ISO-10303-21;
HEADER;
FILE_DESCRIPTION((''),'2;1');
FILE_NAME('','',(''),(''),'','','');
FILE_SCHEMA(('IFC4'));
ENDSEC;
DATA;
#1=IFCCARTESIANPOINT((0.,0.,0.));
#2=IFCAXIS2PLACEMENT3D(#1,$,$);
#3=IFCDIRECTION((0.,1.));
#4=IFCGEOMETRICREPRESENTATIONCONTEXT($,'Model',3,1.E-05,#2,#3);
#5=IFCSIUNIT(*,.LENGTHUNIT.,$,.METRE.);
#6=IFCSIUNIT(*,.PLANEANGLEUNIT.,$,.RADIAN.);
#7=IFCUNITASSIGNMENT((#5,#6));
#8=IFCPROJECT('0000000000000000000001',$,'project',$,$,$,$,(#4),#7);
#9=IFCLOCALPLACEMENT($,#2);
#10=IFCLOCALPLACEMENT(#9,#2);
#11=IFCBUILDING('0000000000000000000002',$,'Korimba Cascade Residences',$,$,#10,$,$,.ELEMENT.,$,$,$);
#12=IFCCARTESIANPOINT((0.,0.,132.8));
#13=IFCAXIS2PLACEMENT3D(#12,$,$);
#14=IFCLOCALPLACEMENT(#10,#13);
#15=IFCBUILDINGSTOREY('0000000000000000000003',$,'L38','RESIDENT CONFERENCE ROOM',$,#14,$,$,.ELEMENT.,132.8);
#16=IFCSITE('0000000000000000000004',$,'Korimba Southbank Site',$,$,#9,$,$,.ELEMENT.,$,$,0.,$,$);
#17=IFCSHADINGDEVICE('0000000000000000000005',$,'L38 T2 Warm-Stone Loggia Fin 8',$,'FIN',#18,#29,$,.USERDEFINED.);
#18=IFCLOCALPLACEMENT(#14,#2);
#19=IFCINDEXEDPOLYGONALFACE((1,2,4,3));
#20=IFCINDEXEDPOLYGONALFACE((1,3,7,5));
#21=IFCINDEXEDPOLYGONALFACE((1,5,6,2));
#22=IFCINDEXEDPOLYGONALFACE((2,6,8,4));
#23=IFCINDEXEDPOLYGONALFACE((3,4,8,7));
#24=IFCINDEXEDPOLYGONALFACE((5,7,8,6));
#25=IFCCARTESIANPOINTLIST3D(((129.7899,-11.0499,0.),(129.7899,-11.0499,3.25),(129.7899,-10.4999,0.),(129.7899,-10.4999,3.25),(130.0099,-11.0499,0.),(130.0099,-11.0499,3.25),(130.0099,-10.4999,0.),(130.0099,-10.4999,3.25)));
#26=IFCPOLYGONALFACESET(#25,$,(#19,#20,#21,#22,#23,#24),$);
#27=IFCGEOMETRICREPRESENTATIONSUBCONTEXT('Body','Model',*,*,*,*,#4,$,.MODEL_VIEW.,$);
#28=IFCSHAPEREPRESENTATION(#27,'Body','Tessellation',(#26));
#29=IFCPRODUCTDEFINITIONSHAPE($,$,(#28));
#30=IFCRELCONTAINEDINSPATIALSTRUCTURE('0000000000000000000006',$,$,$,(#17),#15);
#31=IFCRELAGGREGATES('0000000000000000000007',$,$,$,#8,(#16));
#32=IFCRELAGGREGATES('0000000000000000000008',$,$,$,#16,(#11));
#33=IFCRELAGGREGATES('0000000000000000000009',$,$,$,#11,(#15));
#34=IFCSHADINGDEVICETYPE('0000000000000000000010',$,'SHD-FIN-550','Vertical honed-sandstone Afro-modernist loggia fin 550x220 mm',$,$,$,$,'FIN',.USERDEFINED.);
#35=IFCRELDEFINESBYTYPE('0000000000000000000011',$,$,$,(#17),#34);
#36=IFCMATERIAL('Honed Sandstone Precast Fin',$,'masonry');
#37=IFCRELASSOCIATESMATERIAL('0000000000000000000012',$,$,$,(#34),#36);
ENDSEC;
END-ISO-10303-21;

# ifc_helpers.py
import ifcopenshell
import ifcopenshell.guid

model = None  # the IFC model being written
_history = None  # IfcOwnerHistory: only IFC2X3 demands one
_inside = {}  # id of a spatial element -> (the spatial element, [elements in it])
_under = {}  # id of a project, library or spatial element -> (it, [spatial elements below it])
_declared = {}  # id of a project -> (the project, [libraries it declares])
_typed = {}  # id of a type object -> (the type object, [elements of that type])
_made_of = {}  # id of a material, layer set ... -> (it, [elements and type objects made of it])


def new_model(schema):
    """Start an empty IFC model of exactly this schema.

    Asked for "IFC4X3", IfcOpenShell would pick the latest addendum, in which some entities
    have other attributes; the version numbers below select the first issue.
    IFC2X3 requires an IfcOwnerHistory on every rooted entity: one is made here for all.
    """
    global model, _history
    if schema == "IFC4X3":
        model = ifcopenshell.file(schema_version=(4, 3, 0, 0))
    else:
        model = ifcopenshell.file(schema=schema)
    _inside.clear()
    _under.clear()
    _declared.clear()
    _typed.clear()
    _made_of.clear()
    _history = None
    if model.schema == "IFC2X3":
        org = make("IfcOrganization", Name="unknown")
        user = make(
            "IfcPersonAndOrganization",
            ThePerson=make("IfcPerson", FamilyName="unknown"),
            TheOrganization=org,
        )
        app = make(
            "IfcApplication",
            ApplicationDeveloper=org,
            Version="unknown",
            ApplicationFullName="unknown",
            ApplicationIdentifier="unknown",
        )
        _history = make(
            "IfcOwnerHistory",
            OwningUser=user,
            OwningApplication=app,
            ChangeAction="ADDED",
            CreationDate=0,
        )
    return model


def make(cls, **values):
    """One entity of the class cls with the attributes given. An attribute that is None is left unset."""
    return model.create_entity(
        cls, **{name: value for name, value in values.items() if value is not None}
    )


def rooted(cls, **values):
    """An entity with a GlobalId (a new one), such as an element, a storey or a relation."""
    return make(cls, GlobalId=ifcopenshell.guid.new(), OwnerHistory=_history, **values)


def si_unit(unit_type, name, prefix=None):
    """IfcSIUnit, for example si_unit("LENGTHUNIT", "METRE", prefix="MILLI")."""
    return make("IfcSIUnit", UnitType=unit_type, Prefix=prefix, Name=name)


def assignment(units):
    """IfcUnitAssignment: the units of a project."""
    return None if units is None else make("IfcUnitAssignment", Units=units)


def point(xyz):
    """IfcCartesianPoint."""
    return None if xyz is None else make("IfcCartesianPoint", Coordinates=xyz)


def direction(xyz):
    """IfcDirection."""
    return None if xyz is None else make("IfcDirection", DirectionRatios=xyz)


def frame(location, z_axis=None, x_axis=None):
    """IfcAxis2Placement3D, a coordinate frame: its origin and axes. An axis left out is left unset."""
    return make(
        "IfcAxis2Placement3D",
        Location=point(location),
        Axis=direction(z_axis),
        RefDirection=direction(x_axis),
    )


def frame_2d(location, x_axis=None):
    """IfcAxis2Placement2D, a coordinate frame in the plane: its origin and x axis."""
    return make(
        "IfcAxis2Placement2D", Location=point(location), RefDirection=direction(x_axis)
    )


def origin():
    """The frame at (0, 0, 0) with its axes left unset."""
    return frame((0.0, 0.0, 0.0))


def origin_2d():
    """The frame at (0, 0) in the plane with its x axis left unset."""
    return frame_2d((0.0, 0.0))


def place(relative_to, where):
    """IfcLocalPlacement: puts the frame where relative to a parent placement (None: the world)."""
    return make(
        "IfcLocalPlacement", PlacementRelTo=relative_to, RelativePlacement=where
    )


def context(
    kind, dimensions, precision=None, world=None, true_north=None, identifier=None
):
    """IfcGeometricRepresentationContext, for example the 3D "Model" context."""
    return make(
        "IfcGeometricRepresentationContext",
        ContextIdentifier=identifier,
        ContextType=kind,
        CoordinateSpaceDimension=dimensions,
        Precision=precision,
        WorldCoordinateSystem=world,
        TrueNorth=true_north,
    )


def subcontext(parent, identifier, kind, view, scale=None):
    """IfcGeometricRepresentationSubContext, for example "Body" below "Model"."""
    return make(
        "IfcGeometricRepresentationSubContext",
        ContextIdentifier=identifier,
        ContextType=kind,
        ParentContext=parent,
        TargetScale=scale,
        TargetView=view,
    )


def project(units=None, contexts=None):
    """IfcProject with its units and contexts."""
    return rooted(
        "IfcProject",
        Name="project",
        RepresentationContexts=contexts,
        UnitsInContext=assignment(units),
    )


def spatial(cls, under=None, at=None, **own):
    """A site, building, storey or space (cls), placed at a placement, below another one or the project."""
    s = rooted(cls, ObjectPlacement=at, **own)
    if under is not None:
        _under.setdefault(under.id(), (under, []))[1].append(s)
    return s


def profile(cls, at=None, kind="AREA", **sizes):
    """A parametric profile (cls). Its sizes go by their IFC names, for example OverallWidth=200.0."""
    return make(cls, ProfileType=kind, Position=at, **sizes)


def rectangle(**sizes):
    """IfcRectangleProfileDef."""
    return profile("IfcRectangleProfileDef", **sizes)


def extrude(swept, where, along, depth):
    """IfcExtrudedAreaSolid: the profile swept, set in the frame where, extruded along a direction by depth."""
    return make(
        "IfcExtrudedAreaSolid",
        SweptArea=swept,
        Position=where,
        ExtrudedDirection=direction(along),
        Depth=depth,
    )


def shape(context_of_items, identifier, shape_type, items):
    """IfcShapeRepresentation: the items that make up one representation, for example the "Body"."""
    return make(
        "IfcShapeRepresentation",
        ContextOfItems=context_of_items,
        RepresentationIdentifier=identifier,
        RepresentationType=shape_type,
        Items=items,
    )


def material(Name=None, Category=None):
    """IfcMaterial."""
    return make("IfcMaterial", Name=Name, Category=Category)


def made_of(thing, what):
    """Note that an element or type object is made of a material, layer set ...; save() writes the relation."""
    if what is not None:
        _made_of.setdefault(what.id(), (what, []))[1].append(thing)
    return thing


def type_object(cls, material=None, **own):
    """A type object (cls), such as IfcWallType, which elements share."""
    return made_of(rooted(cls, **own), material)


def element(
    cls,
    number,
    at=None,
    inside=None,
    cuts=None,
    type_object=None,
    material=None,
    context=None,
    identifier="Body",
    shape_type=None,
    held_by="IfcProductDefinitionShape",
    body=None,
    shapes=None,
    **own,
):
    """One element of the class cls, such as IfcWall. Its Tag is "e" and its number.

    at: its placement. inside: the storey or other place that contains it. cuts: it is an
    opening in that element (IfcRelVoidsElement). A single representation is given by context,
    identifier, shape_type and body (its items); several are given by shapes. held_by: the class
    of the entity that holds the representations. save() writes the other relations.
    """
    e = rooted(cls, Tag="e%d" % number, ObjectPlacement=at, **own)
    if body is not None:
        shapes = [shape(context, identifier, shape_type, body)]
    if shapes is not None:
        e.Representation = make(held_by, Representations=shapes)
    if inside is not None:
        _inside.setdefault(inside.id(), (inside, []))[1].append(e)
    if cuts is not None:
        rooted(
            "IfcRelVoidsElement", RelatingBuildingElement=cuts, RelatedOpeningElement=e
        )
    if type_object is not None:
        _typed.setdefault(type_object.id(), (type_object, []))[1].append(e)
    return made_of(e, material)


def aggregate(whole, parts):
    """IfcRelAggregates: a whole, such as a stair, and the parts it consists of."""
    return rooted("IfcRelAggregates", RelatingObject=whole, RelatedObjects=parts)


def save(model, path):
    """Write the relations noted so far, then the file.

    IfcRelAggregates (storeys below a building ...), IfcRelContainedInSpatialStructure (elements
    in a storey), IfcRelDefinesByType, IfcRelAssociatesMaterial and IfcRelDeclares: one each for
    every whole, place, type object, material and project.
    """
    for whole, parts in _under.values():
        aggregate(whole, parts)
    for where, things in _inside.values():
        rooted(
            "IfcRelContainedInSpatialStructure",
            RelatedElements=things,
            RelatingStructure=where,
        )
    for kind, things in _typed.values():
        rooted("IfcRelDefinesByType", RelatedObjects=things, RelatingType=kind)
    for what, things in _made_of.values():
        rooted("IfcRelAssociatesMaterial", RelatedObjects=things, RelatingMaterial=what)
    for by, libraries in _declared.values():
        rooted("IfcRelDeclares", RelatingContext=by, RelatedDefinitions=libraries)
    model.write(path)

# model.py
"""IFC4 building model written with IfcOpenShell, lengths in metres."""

from ifc_helpers import new_model, si_unit, direction, frame, origin, origin_2d, place, context, subcontext, project, spatial, rectangle, extrude, material, type_object, element, save


model = new_model("IFC4")

# Units and contexts
model_context = context("Model", 3, precision=1e-05, world=origin(), true_north=direction((0.0, 1.0)))
body_context = subcontext(model_context, "Body", "Model", "MODEL_VIEW")
ifc_project = project(units=[si_unit("LENGTHUNIT", "METRE"), si_unit("PLANEANGLEUNIT", "RADIAN")], contexts=[model_context])

# Site, building, storey
site_placement = place(None, origin())
site = spatial("IfcSite", under=ifc_project, at=site_placement, Name="Korimba Southbank Site", CompositionType="ELEMENT", RefElevation=0.0)
building_placement = place(site_placement, origin())
building = spatial("IfcBuilding", under=site, at=building_placement, Name="Korimba Cascade Residences", CompositionType="ELEMENT")
storey_placement = place(building_placement, frame((0.0, 0.0, 132.8)))
storey = spatial("IfcBuildingStorey", under=building, at=storey_placement, Name="L38", Description="RESIDENT CONFERENCE ROOM", CompositionType="ELEMENT", Elevation=132.8)

# Shading device
ifc_material_1 = material(Name="Honed Sandstone Precast Fin", Category="masonry")
shading_device_type = type_object("IfcShadingDeviceType", Name="SHD-FIN-550", Description="Vertical honed-sandstone Afro-modernist loggia fin 550x220 mm", ElementType="FIN", PredefinedType="USERDEFINED", material=ifc_material_1)
shading_device_placement = place(storey_placement, frame((129.8999, -10.7749, 0.0), z_axis=(0.0, 0.0, 1.0), x_axis=(1.0, 0.0, 0.0)))
element("IfcShadingDevice", 1, at=shading_device_placement, inside=storey, type_object=shading_device_type, Name="L38 T2 Warm-Stone Loggia Fin 8", ObjectType="FIN", PredefinedType="USERDEFINED", context=body_context, shape_type="SweptSolid", body=[
    extrude(rectangle(XDim=0.22, YDim=0.55, at=origin_2d()), origin(), (0.0, 0.0, 1.0), 3.25),
])

save(model, "model.ifc")
